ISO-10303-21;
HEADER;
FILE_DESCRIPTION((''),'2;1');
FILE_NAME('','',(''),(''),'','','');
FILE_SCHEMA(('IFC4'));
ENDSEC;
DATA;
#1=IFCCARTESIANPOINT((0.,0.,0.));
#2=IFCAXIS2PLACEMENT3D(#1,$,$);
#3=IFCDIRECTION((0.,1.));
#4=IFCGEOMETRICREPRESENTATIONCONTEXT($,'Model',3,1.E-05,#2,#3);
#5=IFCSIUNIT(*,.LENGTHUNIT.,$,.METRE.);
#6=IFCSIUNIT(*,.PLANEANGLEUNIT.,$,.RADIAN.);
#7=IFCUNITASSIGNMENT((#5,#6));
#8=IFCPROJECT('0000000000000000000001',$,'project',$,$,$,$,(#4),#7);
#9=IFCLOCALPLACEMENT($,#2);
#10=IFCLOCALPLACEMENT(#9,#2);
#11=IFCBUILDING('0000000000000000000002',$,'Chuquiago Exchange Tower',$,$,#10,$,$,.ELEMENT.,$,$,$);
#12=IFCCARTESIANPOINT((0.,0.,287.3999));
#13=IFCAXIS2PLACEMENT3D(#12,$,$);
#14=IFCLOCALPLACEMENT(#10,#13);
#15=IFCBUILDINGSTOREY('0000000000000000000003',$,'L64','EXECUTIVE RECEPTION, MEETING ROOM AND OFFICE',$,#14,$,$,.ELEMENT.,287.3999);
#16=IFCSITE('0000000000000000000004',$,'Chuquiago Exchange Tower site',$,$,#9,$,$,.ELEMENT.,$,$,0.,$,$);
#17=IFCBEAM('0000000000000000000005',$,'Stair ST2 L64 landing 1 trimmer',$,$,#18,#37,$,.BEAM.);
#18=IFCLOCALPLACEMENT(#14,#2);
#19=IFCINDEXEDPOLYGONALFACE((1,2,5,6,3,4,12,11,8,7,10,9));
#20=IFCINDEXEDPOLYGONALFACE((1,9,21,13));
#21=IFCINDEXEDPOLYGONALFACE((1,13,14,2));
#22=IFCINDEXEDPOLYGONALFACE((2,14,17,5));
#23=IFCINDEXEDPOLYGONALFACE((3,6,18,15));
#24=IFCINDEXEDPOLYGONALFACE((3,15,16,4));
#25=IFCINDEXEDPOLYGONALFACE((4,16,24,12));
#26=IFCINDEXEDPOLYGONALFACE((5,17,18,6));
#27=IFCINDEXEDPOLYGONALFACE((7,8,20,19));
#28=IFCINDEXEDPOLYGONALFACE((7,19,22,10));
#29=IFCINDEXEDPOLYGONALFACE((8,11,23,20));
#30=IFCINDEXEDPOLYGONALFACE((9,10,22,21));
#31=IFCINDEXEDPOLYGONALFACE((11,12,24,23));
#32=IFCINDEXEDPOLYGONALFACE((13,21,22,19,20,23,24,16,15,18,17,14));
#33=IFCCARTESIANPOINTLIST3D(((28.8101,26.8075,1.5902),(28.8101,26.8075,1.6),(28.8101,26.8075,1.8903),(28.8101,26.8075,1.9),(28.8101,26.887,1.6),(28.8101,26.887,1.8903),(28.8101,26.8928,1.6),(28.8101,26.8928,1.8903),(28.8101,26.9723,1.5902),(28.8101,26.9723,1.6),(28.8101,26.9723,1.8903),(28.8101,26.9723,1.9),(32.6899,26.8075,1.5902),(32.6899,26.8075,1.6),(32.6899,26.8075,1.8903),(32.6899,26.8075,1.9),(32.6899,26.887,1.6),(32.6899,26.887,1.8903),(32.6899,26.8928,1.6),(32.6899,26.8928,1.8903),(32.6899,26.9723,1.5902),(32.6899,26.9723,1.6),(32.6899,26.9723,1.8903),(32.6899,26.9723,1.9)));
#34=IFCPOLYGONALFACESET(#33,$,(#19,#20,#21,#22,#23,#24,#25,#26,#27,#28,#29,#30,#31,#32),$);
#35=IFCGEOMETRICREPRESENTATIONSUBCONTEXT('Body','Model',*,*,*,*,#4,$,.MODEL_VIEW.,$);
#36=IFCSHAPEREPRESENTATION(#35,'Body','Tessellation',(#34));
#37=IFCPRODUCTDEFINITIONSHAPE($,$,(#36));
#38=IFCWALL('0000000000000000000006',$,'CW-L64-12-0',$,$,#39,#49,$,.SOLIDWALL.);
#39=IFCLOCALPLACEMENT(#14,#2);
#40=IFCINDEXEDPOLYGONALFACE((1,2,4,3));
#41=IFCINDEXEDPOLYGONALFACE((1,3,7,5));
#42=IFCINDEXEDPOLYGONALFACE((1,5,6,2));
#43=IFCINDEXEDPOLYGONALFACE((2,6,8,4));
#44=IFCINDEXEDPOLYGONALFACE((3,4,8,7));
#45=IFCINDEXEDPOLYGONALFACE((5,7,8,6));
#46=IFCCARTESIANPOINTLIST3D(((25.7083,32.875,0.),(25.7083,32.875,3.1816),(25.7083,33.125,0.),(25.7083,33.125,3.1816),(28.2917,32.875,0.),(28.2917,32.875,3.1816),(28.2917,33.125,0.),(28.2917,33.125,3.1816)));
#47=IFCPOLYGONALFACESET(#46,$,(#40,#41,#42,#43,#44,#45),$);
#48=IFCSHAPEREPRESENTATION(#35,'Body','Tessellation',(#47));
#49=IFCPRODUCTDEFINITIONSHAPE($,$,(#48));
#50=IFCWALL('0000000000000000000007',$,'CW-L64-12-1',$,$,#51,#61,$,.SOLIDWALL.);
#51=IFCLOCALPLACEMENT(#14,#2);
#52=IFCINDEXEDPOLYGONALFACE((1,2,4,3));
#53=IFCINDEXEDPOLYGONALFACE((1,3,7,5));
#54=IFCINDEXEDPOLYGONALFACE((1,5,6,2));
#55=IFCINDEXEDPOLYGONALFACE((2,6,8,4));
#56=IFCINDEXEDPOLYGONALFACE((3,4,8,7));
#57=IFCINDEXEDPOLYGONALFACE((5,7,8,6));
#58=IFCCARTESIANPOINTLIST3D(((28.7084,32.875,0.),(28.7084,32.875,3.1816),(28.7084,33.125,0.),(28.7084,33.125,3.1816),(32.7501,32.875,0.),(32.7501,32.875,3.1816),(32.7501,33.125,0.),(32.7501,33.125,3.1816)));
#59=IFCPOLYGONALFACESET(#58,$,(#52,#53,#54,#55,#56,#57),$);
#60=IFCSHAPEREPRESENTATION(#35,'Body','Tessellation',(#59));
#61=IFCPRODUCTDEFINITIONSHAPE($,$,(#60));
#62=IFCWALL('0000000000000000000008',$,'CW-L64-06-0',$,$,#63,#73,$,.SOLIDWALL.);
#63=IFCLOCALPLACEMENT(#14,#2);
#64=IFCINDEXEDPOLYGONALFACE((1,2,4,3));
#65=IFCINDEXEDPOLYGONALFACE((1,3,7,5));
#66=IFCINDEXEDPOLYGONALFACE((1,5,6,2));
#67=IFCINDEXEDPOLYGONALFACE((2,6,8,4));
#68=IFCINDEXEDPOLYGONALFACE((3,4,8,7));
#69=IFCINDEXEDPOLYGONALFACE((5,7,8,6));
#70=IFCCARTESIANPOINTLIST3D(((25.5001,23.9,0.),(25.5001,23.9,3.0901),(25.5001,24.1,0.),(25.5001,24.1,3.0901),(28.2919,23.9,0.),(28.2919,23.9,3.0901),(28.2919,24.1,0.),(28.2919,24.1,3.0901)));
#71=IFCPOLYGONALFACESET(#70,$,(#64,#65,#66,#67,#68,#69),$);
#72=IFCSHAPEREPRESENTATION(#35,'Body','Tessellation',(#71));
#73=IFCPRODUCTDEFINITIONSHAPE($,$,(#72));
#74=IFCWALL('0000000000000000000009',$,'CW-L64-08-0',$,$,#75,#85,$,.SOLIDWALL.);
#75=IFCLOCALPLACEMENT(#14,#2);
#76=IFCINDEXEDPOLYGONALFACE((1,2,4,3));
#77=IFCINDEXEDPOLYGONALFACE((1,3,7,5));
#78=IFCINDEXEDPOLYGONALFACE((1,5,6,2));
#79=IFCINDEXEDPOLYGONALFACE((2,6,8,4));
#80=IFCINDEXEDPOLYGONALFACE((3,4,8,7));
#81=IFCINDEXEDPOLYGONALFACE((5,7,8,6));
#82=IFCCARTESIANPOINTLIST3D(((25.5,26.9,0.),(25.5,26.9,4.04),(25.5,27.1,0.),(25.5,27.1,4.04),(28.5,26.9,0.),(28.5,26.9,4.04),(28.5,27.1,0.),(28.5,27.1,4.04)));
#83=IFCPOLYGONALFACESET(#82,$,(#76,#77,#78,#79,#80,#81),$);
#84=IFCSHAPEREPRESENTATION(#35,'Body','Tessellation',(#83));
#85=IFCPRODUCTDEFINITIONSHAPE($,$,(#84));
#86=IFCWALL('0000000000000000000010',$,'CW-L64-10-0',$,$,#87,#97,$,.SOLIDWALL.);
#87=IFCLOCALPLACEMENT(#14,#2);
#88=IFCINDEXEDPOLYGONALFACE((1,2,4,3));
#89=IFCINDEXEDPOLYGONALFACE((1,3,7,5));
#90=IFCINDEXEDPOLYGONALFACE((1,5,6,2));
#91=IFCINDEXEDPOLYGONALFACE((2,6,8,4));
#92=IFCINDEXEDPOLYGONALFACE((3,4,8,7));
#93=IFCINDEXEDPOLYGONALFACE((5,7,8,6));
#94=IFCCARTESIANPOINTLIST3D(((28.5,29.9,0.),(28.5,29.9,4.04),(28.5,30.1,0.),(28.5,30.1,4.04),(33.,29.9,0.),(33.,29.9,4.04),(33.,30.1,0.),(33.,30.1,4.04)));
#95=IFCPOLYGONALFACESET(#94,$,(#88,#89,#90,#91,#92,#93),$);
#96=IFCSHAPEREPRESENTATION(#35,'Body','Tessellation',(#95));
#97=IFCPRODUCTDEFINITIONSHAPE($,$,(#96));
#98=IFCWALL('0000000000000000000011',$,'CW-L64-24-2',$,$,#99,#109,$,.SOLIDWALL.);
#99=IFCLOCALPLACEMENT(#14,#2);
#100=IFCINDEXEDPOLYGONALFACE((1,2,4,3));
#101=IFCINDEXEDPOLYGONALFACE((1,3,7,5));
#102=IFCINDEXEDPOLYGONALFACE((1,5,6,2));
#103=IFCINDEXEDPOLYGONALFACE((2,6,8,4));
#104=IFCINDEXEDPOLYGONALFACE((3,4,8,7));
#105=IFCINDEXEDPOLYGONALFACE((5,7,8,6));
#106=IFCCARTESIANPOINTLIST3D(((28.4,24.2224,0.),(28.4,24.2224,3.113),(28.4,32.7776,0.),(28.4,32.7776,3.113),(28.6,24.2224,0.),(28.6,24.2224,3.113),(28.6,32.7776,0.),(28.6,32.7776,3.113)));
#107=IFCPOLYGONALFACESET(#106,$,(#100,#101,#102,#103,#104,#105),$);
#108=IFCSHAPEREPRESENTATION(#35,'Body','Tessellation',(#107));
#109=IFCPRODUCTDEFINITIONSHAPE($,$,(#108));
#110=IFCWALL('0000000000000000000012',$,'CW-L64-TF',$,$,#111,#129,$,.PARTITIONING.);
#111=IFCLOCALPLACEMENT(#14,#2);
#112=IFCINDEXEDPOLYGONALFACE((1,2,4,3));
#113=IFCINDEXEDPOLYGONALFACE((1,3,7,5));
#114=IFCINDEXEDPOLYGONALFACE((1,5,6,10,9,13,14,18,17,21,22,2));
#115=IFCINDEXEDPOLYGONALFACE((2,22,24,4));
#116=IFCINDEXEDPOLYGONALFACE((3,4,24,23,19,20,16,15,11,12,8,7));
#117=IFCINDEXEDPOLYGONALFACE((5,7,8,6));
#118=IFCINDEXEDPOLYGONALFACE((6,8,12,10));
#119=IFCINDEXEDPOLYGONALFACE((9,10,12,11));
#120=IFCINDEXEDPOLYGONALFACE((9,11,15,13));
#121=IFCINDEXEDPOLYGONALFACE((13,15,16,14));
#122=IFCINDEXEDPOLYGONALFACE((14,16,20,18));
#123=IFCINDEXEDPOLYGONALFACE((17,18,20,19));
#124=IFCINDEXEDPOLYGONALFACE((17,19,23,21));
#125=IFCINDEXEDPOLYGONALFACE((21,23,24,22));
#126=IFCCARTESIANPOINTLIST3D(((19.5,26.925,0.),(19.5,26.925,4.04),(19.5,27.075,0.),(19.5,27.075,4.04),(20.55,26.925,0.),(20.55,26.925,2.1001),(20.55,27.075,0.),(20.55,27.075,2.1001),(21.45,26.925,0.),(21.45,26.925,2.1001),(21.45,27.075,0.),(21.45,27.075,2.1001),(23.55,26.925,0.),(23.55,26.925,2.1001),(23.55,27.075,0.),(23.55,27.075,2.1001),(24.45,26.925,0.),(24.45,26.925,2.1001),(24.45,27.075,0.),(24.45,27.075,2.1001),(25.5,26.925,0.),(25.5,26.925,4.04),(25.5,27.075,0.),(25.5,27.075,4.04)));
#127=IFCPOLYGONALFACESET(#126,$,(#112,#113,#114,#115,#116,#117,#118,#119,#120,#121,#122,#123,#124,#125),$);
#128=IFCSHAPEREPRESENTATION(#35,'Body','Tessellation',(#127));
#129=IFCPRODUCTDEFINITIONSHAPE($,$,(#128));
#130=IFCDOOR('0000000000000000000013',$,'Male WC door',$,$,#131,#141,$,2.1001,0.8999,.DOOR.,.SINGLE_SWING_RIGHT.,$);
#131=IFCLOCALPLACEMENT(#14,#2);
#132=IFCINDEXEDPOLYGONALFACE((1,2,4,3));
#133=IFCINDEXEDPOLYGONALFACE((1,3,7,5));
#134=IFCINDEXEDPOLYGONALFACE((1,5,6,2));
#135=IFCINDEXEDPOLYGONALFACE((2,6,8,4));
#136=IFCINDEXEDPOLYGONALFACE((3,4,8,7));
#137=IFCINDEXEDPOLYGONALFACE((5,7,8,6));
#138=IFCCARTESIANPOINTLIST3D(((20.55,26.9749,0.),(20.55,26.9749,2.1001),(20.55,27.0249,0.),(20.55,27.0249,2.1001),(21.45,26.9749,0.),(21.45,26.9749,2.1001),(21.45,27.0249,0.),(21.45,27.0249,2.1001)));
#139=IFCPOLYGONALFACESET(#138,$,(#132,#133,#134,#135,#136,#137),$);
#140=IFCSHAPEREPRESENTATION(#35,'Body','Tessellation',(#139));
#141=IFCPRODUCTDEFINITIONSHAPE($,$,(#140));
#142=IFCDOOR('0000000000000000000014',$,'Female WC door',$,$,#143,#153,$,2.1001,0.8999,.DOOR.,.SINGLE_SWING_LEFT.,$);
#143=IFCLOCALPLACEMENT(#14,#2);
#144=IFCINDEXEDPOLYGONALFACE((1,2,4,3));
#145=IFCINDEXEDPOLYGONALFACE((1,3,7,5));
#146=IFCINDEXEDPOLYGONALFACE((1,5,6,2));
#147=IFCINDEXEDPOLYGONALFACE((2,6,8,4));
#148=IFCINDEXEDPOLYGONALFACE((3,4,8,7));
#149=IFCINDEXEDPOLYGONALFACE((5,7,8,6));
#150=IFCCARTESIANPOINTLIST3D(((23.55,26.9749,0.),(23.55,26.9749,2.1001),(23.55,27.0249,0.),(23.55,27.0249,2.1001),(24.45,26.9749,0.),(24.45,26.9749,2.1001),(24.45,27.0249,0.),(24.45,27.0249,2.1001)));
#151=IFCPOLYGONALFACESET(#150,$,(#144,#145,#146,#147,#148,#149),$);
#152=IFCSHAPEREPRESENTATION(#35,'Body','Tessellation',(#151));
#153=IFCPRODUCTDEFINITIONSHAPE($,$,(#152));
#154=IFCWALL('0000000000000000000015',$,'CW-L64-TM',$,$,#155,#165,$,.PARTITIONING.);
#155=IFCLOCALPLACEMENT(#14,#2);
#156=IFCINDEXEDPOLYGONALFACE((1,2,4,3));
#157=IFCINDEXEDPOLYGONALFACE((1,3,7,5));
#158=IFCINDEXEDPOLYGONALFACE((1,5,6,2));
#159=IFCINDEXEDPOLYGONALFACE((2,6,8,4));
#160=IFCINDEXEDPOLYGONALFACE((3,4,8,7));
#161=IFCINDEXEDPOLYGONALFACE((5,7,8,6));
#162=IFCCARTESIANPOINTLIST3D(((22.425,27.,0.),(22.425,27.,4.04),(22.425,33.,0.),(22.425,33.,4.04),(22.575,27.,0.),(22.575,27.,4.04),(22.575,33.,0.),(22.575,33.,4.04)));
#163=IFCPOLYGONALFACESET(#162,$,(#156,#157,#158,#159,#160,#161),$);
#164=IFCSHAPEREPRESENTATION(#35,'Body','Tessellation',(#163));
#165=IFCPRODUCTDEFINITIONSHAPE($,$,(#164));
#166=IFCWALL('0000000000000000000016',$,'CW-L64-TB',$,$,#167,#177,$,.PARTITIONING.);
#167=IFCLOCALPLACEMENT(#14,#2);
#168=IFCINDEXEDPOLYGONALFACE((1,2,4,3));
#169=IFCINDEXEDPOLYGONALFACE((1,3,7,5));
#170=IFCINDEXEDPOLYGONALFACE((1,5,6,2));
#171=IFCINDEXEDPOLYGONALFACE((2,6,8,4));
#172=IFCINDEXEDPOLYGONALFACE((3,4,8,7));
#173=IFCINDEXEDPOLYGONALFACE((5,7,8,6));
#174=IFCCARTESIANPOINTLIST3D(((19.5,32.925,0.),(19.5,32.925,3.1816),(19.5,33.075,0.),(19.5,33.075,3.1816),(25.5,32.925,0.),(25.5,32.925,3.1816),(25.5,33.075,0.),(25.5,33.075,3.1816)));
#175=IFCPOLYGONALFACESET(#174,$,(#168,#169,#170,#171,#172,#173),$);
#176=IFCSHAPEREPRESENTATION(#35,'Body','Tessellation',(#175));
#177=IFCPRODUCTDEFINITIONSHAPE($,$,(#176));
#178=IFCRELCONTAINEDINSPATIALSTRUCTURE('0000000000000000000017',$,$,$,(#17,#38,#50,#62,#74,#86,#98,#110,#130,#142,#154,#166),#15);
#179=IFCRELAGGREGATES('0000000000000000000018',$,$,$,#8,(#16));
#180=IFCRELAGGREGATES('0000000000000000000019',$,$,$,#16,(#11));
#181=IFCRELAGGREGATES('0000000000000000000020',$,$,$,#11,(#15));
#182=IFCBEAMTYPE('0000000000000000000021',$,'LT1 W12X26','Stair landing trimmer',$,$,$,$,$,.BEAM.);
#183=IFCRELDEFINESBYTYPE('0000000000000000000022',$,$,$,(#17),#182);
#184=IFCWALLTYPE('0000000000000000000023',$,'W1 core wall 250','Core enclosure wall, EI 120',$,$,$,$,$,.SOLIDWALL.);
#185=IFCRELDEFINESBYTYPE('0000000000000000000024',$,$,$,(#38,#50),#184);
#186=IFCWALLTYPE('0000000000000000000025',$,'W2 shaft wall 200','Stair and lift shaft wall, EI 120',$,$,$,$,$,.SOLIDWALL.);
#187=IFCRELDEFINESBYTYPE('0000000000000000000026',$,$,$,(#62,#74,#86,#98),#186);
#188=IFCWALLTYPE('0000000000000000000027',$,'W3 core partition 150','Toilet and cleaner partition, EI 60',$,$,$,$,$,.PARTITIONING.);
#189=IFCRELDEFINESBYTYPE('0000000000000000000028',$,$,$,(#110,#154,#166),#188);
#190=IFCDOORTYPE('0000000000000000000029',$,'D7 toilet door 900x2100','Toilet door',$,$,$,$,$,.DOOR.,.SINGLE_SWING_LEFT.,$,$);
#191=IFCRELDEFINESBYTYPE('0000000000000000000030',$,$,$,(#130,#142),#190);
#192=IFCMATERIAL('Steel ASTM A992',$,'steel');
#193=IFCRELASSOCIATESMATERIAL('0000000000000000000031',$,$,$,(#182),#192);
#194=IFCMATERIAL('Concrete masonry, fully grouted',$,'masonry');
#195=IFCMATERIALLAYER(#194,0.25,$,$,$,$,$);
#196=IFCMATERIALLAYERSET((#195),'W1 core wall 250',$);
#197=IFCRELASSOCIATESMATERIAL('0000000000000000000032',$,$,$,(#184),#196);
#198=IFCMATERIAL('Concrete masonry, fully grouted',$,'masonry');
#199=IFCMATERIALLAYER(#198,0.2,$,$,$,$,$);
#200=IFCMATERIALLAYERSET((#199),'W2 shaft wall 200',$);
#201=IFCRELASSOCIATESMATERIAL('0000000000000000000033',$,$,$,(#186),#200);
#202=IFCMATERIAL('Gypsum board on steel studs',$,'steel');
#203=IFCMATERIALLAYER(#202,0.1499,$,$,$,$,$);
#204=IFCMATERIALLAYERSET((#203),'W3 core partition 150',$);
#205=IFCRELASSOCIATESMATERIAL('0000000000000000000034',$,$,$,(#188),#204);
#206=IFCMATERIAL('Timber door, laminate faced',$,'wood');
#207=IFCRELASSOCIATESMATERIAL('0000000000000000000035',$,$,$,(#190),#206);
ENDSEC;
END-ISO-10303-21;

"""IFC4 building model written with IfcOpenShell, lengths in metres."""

from ifc_helpers import new_model, si_unit, direction, frame, frame_2d, origin, origin_2d, place, context, subcontext, project, spatial, rectangle, i_section, extrude, material, layer, layer_set, material_profile, profile_set, type_object, element, fill, save


model = new_model("IFC4")

# Units and contexts
model_context = context("Model", 3, precision=1e-05, world=origin(), true_north=direction((0.0, 1.0)))
body_context = subcontext(model_context, "Body", "Model", "MODEL_VIEW")
ifc_project = project(units=[si_unit("LENGTHUNIT", "METRE"), si_unit("PLANEANGLEUNIT", "RADIAN")], contexts=[model_context])

# Site, building, storey
site_placement = place(None, origin())
site = spatial("IfcSite", under=ifc_project, at=site_placement, Name="Chuquiago Exchange Tower site", CompositionType="ELEMENT", RefElevation=0.0)
building_placement = place(site_placement, origin())
building = spatial("IfcBuilding", under=site, at=building_placement, Name="Chuquiago Exchange Tower", CompositionType="ELEMENT")
storey_placement = place(building_placement, frame((0.0, 0.0, 287.3999)))
storey = spatial("IfcBuildingStorey", under=building, at=storey_placement, Name="L64", Description="EXECUTIVE RECEPTION, MEETING ROOM AND OFFICE", CompositionType="ELEMENT", Elevation=287.3999)

# Beam
ifc_material_1 = material(Name="Steel ASTM A992", Category="steel")
ifc_material_profile_1 = material_profile(ifc_material_1, i_section(OverallWidth=0.1648, OverallDepth=0.3098, WebThickness=0.0059, FlangeThickness=0.0098, at=origin_2d()), Name="W12X26")
ifc_profile_set_1 = profile_set([ifc_material_profile_1], Name="Steel ASTM A992")
beam_type_1 = type_object("IfcBeamType", Name="LT1 W12X26", Description="Stair landing trimmer", PredefinedType="BEAM", material=ifc_profile_set_1)
for number, where, z_axis, x_axis, name in (
    (1, (28.8101, 26.8899, 1.7451), (1.0, 0.0, 0.0), (0.0, 1.0, 0.0), "Stair ST2 L64 landing 1 trimmer"),
):
    element("IfcBeam", number, at=place(storey_placement, frame(where, z_axis=z_axis, x_axis=x_axis)), inside=storey, type_object=beam_type_1, Name=name, PredefinedType="BEAM", context=body_context, shape_type="SweptSolid", body=[
        extrude(i_section(OverallWidth=0.1648, OverallDepth=0.3098, WebThickness=0.0059, FlangeThickness=0.0098, at=origin_2d()), origin(), (0.0, 0.0, 1.0), 3.8799),
    ])

# Walls
ifc_material_2 = material(Name="Concrete masonry, fully grouted", Category="masonry")
ifc_layer_1 = layer(ifc_material_2, 0.25)
ifc_layer_set_1 = layer_set([ifc_layer_1], Name="W1 core wall 250")
wall_type_1 = type_object("IfcWallType", Name="W1 core wall 250", Description="Core enclosure wall, EI 120", PredefinedType="SOLIDWALL", material=ifc_layer_set_1)
wall_1_placement = place(storey_placement, frame((25.7083, 33.0, 0.0), z_axis=(0.0, 0.0, 1.0), x_axis=(1.0, 0.0, 0.0)))
element("IfcWall", 2, at=wall_1_placement, inside=storey, type_object=wall_type_1, Name="CW-L64-12-0", PredefinedType="SOLIDWALL", context=body_context, shape_type="SweptSolid", body=[
    extrude(rectangle(XDim=2.5835, YDim=0.25, at=frame_2d((1.2917, 0.0))), origin(), (0.0, 0.0, 1.0), 3.1816),
])
wall_2_placement = place(storey_placement, frame((28.7083, 33.0, 0.0), z_axis=(0.0, 0.0, 1.0), x_axis=(1.0, 0.0, 0.0)))
element("IfcWall", 3, at=wall_2_placement, inside=storey, type_object=wall_type_1, Name="CW-L64-12-1", PredefinedType="SOLIDWALL", context=body_context, shape_type="SweptSolid", body=[
    extrude(rectangle(XDim=4.0417, YDim=0.25, at=frame_2d((2.021, 0.0))), origin(), (0.0, 0.0, 1.0), 3.1816),
])
ifc_material_3 = material(Name="Concrete masonry, fully grouted", Category="masonry")
ifc_layer_2 = layer(ifc_material_3, 0.2)
ifc_layer_set_2 = layer_set([ifc_layer_2], Name="W2 shaft wall 200")
wall_type_2 = type_object("IfcWallType", Name="W2 shaft wall 200", Description="Stair and lift shaft wall, EI 120", PredefinedType="SOLIDWALL", material=ifc_layer_set_2)
wall_3_placement = place(storey_placement, frame((25.5, 24.0, 0.0), z_axis=(0.0, 0.0, 1.0), x_axis=(1.0, 0.0, 0.0)))
element("IfcWall", 4, at=wall_3_placement, inside=storey, type_object=wall_type_2, Name="CW-L64-06-0", PredefinedType="SOLIDWALL", context=body_context, shape_type="SweptSolid", body=[
    extrude(rectangle(XDim=2.7917, YDim=0.2, at=frame_2d((1.396, 0.0))), origin(), (0.0, 0.0, 1.0), 3.0901),
])
wall_4_placement = place(storey_placement, frame((25.5, 27.0, 0.0), z_axis=(0.0, 0.0, 1.0), x_axis=(1.0, 0.0, 0.0)))
element("IfcWall", 5, at=wall_4_placement, inside=storey, type_object=wall_type_2, Name="CW-L64-08-0", PredefinedType="SOLIDWALL", context=body_context, shape_type="SweptSolid", body=[
    extrude(rectangle(XDim=3.0, YDim=0.2, at=frame_2d((1.5, 0.0))), origin(), (0.0, 0.0, 1.0), 4.04),
])
wall_5_placement = place(storey_placement, frame((28.5, 30.0, 0.0), z_axis=(0.0, 0.0, 1.0), x_axis=(1.0, 0.0, 0.0)))
element("IfcWall", 6, at=wall_5_placement, inside=storey, type_object=wall_type_2, Name="CW-L64-10-0", PredefinedType="SOLIDWALL", context=body_context, shape_type="SweptSolid", body=[
    extrude(rectangle(XDim=4.5, YDim=0.2, at=frame_2d((2.25, 0.0))), origin(), (0.0, 0.0, 1.0), 4.04),
])
wall_6_placement = place(storey_placement, frame((28.5, 24.2224, 0.0), z_axis=(0.0, 0.0, 1.0), x_axis=(0.0, 1.0, 0.0)))
element("IfcWall", 7, at=wall_6_placement, inside=storey, type_object=wall_type_2, Name="CW-L64-24-2", PredefinedType="SOLIDWALL", context=body_context, shape_type="SweptSolid", body=[
    extrude(rectangle(XDim=8.5552, YDim=0.2, at=frame_2d((4.2776, 0.0))), origin(), (0.0, 0.0, 1.0), 3.113),
])

# Wall, openings, doors
ifc_material_4 = material(Name="Gypsum board on steel studs", Category="steel")
ifc_layer_3 = layer(ifc_material_4, 0.1499)
ifc_layer_set_3 = layer_set([ifc_layer_3], Name="W3 core partition 150")
wall_type_3 = type_object("IfcWallType", Name="W3 core partition 150", Description="Toilet and cleaner partition, EI 60", PredefinedType="PARTITIONING", material=ifc_layer_set_3)
wall_7_placement = place(storey_placement, frame((19.5, 27.0, 0.0), z_axis=(0.0, 0.0, 1.0), x_axis=(1.0, 0.0, 0.0)))
wall_7 = element("IfcWall", 8, at=wall_7_placement, inside=storey, type_object=wall_type_3, Name="CW-L64-TF", PredefinedType="PARTITIONING", context=body_context, shape_type="SweptSolid", body=[
    extrude(rectangle(XDim=6.0, YDim=0.1499, at=frame_2d((3.0, 0.0))), origin(), (0.0, 0.0, 1.0), 4.04),
])
opening_1_placement = place(wall_7_placement, frame((1.05, 0.0, 0.0)))
opening_1 = element("IfcOpeningElement", 9, at=opening_1_placement, cuts=wall_7, PredefinedType="OPENING", context=body_context, shape_type="SweptSolid", body=[
    extrude(rectangle(XDim=0.8999, YDim=2.1001, at=frame_2d((0.45, 1.05))), frame((0.0, 0.085, 0.0), z_axis=(0.0, -1.0, 0.0), x_axis=(1.0, 0.0, 0.0)), (0.0, 0.0, 1.0), 0.1699),
])
opening_2_placement = place(wall_7_placement, frame((4.05, 0.0, 0.0)))
opening_2 = element("IfcOpeningElement", 10, at=opening_2_placement, cuts=wall_7, PredefinedType="OPENING", context=body_context, shape_type="SweptSolid", body=[
    extrude(rectangle(XDim=0.8999, YDim=2.1001, at=frame_2d((0.45, 1.05))), frame((0.0, 0.085, 0.0), z_axis=(0.0, -1.0, 0.0), x_axis=(1.0, 0.0, 0.0)), (0.0, 0.0, 1.0), 0.1699),
])
ifc_material_5 = material(Name="Timber door, laminate faced", Category="wood")
door_type = type_object("IfcDoorType", Name="D7 toilet door 900x2100", Description="Toilet door", OperationType="SINGLE_SWING_LEFT", PredefinedType="DOOR", material=ifc_material_5)
door_1_placement = place(opening_1_placement, origin())
door_1 = element("IfcDoor", 11, at=door_1_placement, inside=storey, type_object=door_type, Name="Male WC door", OperationType="SINGLE_SWING_RIGHT", OverallHeight=2.1001, OverallWidth=0.8999, PredefinedType="DOOR", context=body_context, shape_type="SweptSolid", body=[
    extrude(rectangle(XDim=0.8999, YDim=2.1001, at=frame_2d((0.45, 1.05))), frame((0.0, 0.0249, 0.0), z_axis=(0.0, -1.0, 0.0), x_axis=(1.0, 0.0, 0.0)), (0.0, 0.0, 1.0), 0.05),
])
fill(opening_1, door_1)
door_2_placement = place(opening_2_placement, origin())
door_2 = element("IfcDoor", 12, at=door_2_placement, inside=storey, type_object=door_type, Name="Female WC door", OperationType="SINGLE_SWING_LEFT", OverallHeight=2.1001, OverallWidth=0.8999, PredefinedType="DOOR", context=body_context, shape_type="SweptSolid", body=[
    extrude(rectangle(XDim=0.8999, YDim=2.1001, at=frame_2d((0.45, 1.05))), frame((0.0, 0.0249, 0.0), z_axis=(0.0, -1.0, 0.0), x_axis=(1.0, 0.0, 0.0)), (0.0, 0.0, 1.0), 0.05),
])
fill(opening_2, door_2)

# Walls
wall_8_placement = place(storey_placement, frame((22.5, 27.0, 0.0), z_axis=(0.0, 0.0, 1.0), x_axis=(0.0, 1.0, 0.0)))
element("IfcWall", 13, at=wall_8_placement, inside=storey, type_object=wall_type_3, Name="CW-L64-TM", PredefinedType="PARTITIONING", context=body_context, shape_type="SweptSolid", body=[
    extrude(rectangle(XDim=6.0, YDim=0.1499, at=frame_2d((3.0, 0.0))), origin(), (0.0, 0.0, 1.0), 4.04),
])
wall_9_placement = place(storey_placement, frame((19.5, 33.0, 0.0), z_axis=(0.0, 0.0, 1.0), x_axis=(1.0, 0.0, 0.0)))
element("IfcWall", 14, at=wall_9_placement, inside=storey, type_object=wall_type_3, Name="CW-L64-TB", PredefinedType="PARTITIONING", context=body_context, shape_type="SweptSolid", body=[
    extrude(rectangle(XDim=6.0, YDim=0.1499, at=frame_2d((3.0, 0.0))), origin(), (0.0, 0.0, 1.0), 3.1816),
])

save(model, "model.ifc")
